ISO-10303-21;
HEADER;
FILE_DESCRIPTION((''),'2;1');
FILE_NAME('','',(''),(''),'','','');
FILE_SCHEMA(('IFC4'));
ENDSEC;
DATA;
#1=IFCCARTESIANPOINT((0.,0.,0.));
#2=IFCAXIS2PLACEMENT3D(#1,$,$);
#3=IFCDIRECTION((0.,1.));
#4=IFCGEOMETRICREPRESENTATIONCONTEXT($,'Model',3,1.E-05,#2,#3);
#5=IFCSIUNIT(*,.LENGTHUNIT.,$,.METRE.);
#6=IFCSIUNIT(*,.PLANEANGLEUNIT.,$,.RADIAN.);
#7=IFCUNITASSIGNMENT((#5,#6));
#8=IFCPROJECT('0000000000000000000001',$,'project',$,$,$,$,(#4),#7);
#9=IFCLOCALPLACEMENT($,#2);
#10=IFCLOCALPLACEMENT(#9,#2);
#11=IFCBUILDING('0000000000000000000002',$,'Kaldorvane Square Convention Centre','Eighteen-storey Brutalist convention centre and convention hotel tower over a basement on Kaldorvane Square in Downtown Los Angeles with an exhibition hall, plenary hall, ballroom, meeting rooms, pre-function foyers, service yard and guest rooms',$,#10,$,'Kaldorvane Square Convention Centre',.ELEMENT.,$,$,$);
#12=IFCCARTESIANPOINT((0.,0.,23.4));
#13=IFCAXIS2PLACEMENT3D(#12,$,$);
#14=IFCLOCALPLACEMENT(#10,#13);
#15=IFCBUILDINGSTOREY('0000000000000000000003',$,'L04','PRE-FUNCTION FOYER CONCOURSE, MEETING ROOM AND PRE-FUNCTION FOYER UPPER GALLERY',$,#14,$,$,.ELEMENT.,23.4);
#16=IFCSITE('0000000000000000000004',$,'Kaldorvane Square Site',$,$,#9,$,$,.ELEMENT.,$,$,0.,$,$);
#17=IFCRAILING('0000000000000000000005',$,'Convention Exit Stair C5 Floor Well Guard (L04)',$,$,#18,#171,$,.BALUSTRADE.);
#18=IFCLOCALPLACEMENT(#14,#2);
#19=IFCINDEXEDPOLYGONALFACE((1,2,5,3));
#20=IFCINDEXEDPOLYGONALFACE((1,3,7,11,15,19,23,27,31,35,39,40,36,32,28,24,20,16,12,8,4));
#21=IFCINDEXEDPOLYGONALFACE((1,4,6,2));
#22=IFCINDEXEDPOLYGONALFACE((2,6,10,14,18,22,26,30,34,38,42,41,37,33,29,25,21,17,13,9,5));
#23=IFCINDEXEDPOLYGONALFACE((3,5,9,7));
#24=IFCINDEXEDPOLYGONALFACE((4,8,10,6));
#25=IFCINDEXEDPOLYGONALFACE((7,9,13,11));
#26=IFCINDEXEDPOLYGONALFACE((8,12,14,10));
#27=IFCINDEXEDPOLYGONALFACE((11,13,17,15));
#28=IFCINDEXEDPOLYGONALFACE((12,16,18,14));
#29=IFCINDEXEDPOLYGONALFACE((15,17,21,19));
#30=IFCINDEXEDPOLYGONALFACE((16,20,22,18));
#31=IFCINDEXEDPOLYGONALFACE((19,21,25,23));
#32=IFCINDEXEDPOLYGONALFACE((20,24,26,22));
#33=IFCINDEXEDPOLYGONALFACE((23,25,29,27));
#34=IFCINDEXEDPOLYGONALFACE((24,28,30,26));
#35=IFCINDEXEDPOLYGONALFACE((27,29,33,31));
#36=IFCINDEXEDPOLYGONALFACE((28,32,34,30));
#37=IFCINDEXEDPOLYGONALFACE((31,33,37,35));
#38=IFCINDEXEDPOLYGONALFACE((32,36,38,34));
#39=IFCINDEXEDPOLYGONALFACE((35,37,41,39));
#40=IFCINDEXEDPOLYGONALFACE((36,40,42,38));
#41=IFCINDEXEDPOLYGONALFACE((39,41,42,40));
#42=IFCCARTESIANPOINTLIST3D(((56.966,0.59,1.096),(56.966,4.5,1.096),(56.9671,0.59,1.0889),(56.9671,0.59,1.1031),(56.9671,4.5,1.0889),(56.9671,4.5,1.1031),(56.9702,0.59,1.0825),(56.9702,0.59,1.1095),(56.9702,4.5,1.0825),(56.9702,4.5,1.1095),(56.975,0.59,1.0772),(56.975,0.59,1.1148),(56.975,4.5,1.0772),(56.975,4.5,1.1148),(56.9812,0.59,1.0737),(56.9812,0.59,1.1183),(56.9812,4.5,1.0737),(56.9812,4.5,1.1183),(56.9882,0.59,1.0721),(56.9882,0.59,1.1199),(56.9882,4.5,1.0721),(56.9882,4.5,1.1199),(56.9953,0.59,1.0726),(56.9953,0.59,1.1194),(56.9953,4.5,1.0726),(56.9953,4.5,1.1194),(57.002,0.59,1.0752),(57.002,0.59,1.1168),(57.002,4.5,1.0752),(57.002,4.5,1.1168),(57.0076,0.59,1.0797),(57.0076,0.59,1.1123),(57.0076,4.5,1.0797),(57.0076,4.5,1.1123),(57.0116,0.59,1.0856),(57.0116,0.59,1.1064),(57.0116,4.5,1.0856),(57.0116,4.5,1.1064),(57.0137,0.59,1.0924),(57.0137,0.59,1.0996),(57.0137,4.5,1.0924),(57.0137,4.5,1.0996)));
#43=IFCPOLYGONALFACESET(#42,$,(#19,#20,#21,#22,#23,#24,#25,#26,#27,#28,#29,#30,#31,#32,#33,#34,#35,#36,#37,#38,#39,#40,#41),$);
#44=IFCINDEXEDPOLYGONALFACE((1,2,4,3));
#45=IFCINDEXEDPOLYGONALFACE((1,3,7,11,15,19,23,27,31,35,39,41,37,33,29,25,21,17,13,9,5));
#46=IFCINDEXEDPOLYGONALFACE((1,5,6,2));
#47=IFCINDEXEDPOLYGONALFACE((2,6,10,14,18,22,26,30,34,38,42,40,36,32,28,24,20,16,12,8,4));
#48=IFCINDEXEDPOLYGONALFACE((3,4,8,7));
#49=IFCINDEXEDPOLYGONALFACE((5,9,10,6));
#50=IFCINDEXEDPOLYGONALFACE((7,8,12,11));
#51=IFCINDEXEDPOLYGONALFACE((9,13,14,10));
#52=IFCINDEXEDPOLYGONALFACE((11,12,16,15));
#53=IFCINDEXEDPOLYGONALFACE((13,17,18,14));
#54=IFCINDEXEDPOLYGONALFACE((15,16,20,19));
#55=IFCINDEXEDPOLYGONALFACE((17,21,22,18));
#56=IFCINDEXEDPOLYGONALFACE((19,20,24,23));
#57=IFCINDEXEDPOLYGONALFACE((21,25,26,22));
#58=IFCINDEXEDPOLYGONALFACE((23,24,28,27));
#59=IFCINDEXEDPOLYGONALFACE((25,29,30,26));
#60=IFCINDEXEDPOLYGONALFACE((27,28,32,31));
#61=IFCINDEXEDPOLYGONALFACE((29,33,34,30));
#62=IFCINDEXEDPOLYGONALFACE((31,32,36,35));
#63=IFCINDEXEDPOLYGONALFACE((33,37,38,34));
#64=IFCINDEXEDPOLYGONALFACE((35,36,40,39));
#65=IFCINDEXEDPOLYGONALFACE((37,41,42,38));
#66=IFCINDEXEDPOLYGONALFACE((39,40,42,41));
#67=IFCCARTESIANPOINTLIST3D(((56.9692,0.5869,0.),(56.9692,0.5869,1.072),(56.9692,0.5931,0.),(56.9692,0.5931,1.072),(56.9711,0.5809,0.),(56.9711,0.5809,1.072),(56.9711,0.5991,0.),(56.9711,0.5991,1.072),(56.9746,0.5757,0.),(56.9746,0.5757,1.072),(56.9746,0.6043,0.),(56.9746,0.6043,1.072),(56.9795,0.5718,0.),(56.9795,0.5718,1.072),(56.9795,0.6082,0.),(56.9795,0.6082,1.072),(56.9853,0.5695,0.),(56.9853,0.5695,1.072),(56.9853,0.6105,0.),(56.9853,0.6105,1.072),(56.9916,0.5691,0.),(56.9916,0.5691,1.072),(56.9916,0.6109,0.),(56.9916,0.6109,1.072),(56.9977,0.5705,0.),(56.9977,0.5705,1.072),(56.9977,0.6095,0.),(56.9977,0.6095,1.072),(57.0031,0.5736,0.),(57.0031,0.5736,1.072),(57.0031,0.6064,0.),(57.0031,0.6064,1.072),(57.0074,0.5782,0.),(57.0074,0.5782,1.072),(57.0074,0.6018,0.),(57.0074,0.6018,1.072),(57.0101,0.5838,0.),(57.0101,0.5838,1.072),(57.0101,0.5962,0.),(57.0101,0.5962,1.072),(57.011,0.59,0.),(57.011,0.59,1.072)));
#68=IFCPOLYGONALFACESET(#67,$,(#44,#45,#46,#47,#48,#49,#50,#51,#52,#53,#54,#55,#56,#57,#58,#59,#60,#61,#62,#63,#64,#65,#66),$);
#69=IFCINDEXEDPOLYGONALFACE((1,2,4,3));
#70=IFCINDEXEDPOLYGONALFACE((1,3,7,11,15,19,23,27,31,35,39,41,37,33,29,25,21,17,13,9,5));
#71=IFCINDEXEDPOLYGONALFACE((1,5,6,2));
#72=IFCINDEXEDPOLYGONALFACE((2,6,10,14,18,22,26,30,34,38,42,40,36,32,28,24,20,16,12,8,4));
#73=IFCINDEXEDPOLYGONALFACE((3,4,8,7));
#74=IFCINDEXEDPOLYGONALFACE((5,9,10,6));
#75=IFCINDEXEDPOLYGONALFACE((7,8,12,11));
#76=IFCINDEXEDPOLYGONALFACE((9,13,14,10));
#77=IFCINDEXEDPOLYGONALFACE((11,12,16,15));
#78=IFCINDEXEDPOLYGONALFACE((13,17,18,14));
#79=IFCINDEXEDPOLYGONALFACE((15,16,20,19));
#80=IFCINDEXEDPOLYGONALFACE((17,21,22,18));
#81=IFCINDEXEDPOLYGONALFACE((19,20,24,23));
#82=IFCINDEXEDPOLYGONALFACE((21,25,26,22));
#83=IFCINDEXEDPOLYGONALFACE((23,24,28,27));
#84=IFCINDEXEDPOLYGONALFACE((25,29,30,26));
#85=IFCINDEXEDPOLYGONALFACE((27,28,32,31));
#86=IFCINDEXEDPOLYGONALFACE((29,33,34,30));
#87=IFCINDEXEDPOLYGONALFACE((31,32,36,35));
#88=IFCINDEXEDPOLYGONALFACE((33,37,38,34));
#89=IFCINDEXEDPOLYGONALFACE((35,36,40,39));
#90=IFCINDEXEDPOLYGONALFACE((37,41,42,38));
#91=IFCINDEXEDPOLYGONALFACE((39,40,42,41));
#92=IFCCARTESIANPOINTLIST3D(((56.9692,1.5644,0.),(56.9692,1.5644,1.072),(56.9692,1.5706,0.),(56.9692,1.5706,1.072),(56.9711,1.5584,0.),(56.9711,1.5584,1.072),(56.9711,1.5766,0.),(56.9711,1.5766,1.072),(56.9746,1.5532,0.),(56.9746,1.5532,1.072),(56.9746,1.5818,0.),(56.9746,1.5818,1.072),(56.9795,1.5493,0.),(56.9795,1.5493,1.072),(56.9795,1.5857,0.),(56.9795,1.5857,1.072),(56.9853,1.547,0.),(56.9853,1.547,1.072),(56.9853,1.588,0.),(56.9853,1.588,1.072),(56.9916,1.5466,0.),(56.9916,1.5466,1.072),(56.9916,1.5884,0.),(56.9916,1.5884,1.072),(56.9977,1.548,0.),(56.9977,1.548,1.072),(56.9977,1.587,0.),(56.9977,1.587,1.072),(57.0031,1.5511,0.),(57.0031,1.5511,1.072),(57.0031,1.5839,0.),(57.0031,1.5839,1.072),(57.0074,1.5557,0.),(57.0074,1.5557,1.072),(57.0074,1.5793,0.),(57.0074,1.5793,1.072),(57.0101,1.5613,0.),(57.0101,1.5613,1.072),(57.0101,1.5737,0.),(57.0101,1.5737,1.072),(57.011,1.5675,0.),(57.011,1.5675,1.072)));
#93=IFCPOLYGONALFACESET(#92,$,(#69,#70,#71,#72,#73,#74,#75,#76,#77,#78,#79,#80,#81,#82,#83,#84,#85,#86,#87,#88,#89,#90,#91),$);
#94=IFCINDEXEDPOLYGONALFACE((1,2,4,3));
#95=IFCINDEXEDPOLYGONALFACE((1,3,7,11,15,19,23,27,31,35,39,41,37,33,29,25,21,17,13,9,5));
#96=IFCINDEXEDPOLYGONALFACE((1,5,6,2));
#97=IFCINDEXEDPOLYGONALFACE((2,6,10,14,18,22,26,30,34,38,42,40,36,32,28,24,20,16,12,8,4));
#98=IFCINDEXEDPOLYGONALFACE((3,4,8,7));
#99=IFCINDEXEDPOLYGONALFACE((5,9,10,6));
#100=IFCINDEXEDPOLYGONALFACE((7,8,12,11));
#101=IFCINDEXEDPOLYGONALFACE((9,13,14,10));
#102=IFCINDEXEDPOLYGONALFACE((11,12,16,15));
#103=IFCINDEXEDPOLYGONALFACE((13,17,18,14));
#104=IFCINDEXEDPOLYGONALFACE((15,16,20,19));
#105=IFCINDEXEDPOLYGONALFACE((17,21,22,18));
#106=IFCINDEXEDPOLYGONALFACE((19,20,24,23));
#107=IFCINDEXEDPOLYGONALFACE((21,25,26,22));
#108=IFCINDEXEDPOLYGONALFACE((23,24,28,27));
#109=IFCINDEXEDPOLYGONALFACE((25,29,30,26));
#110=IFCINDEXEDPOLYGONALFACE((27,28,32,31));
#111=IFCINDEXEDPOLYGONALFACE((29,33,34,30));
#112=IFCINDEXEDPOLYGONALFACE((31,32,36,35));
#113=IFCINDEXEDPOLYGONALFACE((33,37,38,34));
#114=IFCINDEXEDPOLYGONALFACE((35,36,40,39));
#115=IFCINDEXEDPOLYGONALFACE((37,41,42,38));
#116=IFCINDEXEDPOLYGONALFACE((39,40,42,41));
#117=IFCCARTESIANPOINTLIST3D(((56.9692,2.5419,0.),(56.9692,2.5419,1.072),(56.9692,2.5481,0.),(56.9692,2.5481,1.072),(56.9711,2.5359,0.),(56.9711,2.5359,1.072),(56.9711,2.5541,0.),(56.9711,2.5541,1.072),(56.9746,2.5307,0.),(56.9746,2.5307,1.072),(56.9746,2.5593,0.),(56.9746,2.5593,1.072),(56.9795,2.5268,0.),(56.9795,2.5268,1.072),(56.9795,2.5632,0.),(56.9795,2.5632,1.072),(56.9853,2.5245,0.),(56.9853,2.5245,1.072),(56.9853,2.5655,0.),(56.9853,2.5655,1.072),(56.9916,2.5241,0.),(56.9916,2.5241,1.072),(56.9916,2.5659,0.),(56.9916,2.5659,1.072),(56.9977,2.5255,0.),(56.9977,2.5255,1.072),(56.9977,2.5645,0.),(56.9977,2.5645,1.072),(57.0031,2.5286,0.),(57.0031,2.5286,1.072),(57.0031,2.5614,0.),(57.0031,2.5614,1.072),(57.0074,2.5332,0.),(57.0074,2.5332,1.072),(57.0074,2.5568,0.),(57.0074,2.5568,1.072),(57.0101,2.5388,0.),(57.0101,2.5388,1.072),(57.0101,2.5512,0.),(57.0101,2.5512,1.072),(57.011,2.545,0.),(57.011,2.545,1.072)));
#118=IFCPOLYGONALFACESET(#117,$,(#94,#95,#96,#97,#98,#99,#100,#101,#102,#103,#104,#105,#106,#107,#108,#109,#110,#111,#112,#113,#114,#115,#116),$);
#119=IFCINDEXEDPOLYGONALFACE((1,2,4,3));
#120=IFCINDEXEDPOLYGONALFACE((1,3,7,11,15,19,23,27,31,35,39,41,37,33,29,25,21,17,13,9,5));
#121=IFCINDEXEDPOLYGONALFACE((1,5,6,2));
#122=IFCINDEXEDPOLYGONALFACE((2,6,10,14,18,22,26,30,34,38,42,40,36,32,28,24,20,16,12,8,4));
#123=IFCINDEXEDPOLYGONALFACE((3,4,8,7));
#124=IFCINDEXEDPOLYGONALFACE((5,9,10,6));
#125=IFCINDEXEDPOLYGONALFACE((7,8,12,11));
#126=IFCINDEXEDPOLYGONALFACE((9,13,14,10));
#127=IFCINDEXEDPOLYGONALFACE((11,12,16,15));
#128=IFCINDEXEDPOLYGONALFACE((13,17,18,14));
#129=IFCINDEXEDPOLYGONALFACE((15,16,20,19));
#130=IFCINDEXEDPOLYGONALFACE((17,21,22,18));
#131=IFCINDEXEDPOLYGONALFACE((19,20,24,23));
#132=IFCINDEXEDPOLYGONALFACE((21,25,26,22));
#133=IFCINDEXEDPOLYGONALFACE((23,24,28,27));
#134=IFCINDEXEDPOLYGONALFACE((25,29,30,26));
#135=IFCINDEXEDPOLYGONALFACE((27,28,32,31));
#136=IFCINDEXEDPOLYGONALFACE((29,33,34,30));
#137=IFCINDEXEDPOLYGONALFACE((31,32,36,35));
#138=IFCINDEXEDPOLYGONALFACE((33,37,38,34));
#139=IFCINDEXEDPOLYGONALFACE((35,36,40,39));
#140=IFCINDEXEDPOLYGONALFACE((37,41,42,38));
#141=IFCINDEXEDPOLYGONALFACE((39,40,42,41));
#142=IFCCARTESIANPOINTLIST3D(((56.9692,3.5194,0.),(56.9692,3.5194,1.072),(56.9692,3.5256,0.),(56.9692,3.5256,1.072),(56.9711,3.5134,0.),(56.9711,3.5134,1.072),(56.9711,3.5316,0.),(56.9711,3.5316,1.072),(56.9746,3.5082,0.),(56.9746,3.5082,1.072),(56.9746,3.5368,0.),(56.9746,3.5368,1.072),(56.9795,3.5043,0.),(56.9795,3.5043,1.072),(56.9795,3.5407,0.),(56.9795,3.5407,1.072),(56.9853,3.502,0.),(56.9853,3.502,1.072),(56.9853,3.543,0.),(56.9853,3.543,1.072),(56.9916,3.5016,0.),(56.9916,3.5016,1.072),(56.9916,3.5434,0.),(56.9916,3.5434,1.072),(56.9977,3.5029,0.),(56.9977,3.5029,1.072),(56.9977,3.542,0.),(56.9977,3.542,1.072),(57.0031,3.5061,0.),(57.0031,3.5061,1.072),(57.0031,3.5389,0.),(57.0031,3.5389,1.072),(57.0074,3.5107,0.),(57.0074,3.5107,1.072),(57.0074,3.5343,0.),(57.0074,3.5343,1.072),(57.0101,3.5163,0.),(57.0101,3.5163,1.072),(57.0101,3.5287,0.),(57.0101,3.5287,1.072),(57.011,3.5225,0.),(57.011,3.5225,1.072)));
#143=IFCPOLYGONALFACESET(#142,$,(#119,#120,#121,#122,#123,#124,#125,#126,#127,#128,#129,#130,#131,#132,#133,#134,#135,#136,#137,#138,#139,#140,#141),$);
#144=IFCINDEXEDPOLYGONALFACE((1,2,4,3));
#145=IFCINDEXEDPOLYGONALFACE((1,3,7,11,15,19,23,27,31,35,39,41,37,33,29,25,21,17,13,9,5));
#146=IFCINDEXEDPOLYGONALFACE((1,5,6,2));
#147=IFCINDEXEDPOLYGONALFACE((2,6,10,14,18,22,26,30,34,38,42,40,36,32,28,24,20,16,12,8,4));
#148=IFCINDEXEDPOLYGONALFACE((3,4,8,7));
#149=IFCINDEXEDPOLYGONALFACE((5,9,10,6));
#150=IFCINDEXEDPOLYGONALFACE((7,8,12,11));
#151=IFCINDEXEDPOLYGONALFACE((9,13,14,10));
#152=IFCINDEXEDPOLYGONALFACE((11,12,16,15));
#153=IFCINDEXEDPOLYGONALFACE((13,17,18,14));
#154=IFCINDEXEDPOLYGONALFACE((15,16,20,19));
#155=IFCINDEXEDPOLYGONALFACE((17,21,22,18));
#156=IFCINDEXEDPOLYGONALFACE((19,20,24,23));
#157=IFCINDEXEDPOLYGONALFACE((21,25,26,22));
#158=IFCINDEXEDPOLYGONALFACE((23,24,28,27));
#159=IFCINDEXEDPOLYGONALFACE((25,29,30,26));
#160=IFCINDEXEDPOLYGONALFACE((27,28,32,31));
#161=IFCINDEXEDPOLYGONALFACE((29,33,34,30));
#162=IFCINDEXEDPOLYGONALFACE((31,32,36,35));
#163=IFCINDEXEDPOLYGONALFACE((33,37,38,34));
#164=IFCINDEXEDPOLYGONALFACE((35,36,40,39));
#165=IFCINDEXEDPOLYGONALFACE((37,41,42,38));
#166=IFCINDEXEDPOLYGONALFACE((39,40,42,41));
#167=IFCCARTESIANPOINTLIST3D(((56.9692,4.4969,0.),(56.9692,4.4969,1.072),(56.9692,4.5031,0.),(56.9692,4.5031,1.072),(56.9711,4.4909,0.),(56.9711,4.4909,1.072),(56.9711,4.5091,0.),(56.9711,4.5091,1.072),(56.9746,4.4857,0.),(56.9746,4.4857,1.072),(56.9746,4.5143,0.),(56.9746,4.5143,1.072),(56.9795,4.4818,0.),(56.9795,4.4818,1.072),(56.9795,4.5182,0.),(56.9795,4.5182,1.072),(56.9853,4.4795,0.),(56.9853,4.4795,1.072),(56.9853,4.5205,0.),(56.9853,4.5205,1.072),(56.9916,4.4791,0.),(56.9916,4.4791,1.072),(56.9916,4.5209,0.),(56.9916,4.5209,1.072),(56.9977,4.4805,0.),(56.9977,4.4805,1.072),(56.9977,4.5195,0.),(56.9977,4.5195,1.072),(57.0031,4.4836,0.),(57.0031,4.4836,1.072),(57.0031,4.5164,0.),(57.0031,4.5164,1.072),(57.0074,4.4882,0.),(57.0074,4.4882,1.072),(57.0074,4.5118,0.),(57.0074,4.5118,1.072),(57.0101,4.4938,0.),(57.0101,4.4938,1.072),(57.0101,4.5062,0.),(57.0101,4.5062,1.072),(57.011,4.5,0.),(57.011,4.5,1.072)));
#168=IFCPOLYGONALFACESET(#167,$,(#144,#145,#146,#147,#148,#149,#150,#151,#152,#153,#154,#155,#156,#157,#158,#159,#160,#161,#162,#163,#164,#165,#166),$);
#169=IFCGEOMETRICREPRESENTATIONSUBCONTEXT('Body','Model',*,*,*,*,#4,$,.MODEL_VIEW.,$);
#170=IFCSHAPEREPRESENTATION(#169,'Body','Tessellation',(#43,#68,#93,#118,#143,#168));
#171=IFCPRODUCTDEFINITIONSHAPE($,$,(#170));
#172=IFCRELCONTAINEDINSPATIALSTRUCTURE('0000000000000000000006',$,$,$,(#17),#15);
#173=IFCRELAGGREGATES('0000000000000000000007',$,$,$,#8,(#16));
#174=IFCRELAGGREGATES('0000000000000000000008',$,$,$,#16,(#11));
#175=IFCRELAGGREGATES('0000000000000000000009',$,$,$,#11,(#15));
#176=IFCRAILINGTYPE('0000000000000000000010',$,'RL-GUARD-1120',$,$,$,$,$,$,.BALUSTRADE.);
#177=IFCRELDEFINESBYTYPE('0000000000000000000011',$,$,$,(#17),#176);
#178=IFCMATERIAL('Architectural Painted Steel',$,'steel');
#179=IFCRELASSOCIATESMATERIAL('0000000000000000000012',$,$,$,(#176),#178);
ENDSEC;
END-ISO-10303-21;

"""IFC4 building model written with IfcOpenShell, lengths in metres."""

from ifc_helpers import new_model, si_unit, direction, frame, origin, origin_2d, place, context, subcontext, project, spatial, circle, extrude, material, type_object, element, save


model = new_model("IFC4")

# Units and contexts
model_context = context("Model", 3, precision=1e-05, world=origin(), true_north=direction((0.0, 1.0)))
body_context = subcontext(model_context, "Body", "Model", "MODEL_VIEW")
ifc_project = project(units=[si_unit("LENGTHUNIT", "METRE"), si_unit("PLANEANGLEUNIT", "RADIAN")], contexts=[model_context])

# Site, building, storey
site_placement = place(None, origin())
site = spatial("IfcSite", under=ifc_project, at=site_placement, Name="Kaldorvane Square Site", CompositionType="ELEMENT", RefElevation=0.0)
building_placement = place(site_placement, origin())
building = spatial("IfcBuilding", under=site, at=building_placement, Name="Kaldorvane Square Convention Centre", Description="Eighteen-storey Brutalist convention centre and convention hotel tower over a basement on Kaldorvane Square in Downtown Los Angeles with an exhibition hall, plenary hall, ballroom, meeting rooms, pre-function foyers, service yard and guest rooms", LongName="Kaldorvane Square Convention Centre", CompositionType="ELEMENT")
storey_placement = place(building_placement, frame((0.0, 0.0, 23.4)))
storey = spatial("IfcBuildingStorey", under=building, at=storey_placement, Name="L04", Description="PRE-FUNCTION FOYER CONCOURSE, MEETING ROOM AND PRE-FUNCTION FOYER UPPER GALLERY", CompositionType="ELEMENT", Elevation=23.4)

# Railing
ifc_material_1 = material(Name="Architectural Painted Steel", Category="steel")
railing_type = type_object("IfcRailingType", Name="RL-GUARD-1120", PredefinedType="BALUSTRADE", material=ifc_material_1)
railing_placement = place(storey_placement, frame((56.99, 0.59, 0.0)))
element("IfcRailing", 1, at=railing_placement, inside=storey, type_object=railing_type, Name="Convention Exit Stair C5 Floor Well Guard (L04)", PredefinedType="BALUSTRADE", context=body_context, shape_type="SweptSolid", body=[
    extrude(circle(Radius=0.024, at=origin_2d()), frame((0.0, 0.0, 1.096), z_axis=(0.0, 1.0, 0.0), x_axis=(-1.0, 0.0, 0.0)), (0.0, 0.0, 1.0), 3.91),
    extrude(circle(Radius=0.021, at=origin_2d()), origin(), (0.0, 0.0, 1.0), 1.072),
    extrude(circle(Radius=0.021, at=origin_2d()), frame((0.0, 0.9775, 0.0)), (0.0, 0.0, 1.0), 1.072),
    extrude(circle(Radius=0.021, at=origin_2d()), frame((0.0, 1.955, 0.0)), (0.0, 0.0, 1.0), 1.072),
    extrude(circle(Radius=0.021, at=origin_2d()), frame((0.0, 2.9325, 0.0)), (0.0, 0.0, 1.0), 1.072),
    extrude(circle(Radius=0.021, at=origin_2d()), frame((0.0, 3.91, 0.0)), (0.0, 0.0, 1.0), 1.072),
])

save(model, "model.ifc")
